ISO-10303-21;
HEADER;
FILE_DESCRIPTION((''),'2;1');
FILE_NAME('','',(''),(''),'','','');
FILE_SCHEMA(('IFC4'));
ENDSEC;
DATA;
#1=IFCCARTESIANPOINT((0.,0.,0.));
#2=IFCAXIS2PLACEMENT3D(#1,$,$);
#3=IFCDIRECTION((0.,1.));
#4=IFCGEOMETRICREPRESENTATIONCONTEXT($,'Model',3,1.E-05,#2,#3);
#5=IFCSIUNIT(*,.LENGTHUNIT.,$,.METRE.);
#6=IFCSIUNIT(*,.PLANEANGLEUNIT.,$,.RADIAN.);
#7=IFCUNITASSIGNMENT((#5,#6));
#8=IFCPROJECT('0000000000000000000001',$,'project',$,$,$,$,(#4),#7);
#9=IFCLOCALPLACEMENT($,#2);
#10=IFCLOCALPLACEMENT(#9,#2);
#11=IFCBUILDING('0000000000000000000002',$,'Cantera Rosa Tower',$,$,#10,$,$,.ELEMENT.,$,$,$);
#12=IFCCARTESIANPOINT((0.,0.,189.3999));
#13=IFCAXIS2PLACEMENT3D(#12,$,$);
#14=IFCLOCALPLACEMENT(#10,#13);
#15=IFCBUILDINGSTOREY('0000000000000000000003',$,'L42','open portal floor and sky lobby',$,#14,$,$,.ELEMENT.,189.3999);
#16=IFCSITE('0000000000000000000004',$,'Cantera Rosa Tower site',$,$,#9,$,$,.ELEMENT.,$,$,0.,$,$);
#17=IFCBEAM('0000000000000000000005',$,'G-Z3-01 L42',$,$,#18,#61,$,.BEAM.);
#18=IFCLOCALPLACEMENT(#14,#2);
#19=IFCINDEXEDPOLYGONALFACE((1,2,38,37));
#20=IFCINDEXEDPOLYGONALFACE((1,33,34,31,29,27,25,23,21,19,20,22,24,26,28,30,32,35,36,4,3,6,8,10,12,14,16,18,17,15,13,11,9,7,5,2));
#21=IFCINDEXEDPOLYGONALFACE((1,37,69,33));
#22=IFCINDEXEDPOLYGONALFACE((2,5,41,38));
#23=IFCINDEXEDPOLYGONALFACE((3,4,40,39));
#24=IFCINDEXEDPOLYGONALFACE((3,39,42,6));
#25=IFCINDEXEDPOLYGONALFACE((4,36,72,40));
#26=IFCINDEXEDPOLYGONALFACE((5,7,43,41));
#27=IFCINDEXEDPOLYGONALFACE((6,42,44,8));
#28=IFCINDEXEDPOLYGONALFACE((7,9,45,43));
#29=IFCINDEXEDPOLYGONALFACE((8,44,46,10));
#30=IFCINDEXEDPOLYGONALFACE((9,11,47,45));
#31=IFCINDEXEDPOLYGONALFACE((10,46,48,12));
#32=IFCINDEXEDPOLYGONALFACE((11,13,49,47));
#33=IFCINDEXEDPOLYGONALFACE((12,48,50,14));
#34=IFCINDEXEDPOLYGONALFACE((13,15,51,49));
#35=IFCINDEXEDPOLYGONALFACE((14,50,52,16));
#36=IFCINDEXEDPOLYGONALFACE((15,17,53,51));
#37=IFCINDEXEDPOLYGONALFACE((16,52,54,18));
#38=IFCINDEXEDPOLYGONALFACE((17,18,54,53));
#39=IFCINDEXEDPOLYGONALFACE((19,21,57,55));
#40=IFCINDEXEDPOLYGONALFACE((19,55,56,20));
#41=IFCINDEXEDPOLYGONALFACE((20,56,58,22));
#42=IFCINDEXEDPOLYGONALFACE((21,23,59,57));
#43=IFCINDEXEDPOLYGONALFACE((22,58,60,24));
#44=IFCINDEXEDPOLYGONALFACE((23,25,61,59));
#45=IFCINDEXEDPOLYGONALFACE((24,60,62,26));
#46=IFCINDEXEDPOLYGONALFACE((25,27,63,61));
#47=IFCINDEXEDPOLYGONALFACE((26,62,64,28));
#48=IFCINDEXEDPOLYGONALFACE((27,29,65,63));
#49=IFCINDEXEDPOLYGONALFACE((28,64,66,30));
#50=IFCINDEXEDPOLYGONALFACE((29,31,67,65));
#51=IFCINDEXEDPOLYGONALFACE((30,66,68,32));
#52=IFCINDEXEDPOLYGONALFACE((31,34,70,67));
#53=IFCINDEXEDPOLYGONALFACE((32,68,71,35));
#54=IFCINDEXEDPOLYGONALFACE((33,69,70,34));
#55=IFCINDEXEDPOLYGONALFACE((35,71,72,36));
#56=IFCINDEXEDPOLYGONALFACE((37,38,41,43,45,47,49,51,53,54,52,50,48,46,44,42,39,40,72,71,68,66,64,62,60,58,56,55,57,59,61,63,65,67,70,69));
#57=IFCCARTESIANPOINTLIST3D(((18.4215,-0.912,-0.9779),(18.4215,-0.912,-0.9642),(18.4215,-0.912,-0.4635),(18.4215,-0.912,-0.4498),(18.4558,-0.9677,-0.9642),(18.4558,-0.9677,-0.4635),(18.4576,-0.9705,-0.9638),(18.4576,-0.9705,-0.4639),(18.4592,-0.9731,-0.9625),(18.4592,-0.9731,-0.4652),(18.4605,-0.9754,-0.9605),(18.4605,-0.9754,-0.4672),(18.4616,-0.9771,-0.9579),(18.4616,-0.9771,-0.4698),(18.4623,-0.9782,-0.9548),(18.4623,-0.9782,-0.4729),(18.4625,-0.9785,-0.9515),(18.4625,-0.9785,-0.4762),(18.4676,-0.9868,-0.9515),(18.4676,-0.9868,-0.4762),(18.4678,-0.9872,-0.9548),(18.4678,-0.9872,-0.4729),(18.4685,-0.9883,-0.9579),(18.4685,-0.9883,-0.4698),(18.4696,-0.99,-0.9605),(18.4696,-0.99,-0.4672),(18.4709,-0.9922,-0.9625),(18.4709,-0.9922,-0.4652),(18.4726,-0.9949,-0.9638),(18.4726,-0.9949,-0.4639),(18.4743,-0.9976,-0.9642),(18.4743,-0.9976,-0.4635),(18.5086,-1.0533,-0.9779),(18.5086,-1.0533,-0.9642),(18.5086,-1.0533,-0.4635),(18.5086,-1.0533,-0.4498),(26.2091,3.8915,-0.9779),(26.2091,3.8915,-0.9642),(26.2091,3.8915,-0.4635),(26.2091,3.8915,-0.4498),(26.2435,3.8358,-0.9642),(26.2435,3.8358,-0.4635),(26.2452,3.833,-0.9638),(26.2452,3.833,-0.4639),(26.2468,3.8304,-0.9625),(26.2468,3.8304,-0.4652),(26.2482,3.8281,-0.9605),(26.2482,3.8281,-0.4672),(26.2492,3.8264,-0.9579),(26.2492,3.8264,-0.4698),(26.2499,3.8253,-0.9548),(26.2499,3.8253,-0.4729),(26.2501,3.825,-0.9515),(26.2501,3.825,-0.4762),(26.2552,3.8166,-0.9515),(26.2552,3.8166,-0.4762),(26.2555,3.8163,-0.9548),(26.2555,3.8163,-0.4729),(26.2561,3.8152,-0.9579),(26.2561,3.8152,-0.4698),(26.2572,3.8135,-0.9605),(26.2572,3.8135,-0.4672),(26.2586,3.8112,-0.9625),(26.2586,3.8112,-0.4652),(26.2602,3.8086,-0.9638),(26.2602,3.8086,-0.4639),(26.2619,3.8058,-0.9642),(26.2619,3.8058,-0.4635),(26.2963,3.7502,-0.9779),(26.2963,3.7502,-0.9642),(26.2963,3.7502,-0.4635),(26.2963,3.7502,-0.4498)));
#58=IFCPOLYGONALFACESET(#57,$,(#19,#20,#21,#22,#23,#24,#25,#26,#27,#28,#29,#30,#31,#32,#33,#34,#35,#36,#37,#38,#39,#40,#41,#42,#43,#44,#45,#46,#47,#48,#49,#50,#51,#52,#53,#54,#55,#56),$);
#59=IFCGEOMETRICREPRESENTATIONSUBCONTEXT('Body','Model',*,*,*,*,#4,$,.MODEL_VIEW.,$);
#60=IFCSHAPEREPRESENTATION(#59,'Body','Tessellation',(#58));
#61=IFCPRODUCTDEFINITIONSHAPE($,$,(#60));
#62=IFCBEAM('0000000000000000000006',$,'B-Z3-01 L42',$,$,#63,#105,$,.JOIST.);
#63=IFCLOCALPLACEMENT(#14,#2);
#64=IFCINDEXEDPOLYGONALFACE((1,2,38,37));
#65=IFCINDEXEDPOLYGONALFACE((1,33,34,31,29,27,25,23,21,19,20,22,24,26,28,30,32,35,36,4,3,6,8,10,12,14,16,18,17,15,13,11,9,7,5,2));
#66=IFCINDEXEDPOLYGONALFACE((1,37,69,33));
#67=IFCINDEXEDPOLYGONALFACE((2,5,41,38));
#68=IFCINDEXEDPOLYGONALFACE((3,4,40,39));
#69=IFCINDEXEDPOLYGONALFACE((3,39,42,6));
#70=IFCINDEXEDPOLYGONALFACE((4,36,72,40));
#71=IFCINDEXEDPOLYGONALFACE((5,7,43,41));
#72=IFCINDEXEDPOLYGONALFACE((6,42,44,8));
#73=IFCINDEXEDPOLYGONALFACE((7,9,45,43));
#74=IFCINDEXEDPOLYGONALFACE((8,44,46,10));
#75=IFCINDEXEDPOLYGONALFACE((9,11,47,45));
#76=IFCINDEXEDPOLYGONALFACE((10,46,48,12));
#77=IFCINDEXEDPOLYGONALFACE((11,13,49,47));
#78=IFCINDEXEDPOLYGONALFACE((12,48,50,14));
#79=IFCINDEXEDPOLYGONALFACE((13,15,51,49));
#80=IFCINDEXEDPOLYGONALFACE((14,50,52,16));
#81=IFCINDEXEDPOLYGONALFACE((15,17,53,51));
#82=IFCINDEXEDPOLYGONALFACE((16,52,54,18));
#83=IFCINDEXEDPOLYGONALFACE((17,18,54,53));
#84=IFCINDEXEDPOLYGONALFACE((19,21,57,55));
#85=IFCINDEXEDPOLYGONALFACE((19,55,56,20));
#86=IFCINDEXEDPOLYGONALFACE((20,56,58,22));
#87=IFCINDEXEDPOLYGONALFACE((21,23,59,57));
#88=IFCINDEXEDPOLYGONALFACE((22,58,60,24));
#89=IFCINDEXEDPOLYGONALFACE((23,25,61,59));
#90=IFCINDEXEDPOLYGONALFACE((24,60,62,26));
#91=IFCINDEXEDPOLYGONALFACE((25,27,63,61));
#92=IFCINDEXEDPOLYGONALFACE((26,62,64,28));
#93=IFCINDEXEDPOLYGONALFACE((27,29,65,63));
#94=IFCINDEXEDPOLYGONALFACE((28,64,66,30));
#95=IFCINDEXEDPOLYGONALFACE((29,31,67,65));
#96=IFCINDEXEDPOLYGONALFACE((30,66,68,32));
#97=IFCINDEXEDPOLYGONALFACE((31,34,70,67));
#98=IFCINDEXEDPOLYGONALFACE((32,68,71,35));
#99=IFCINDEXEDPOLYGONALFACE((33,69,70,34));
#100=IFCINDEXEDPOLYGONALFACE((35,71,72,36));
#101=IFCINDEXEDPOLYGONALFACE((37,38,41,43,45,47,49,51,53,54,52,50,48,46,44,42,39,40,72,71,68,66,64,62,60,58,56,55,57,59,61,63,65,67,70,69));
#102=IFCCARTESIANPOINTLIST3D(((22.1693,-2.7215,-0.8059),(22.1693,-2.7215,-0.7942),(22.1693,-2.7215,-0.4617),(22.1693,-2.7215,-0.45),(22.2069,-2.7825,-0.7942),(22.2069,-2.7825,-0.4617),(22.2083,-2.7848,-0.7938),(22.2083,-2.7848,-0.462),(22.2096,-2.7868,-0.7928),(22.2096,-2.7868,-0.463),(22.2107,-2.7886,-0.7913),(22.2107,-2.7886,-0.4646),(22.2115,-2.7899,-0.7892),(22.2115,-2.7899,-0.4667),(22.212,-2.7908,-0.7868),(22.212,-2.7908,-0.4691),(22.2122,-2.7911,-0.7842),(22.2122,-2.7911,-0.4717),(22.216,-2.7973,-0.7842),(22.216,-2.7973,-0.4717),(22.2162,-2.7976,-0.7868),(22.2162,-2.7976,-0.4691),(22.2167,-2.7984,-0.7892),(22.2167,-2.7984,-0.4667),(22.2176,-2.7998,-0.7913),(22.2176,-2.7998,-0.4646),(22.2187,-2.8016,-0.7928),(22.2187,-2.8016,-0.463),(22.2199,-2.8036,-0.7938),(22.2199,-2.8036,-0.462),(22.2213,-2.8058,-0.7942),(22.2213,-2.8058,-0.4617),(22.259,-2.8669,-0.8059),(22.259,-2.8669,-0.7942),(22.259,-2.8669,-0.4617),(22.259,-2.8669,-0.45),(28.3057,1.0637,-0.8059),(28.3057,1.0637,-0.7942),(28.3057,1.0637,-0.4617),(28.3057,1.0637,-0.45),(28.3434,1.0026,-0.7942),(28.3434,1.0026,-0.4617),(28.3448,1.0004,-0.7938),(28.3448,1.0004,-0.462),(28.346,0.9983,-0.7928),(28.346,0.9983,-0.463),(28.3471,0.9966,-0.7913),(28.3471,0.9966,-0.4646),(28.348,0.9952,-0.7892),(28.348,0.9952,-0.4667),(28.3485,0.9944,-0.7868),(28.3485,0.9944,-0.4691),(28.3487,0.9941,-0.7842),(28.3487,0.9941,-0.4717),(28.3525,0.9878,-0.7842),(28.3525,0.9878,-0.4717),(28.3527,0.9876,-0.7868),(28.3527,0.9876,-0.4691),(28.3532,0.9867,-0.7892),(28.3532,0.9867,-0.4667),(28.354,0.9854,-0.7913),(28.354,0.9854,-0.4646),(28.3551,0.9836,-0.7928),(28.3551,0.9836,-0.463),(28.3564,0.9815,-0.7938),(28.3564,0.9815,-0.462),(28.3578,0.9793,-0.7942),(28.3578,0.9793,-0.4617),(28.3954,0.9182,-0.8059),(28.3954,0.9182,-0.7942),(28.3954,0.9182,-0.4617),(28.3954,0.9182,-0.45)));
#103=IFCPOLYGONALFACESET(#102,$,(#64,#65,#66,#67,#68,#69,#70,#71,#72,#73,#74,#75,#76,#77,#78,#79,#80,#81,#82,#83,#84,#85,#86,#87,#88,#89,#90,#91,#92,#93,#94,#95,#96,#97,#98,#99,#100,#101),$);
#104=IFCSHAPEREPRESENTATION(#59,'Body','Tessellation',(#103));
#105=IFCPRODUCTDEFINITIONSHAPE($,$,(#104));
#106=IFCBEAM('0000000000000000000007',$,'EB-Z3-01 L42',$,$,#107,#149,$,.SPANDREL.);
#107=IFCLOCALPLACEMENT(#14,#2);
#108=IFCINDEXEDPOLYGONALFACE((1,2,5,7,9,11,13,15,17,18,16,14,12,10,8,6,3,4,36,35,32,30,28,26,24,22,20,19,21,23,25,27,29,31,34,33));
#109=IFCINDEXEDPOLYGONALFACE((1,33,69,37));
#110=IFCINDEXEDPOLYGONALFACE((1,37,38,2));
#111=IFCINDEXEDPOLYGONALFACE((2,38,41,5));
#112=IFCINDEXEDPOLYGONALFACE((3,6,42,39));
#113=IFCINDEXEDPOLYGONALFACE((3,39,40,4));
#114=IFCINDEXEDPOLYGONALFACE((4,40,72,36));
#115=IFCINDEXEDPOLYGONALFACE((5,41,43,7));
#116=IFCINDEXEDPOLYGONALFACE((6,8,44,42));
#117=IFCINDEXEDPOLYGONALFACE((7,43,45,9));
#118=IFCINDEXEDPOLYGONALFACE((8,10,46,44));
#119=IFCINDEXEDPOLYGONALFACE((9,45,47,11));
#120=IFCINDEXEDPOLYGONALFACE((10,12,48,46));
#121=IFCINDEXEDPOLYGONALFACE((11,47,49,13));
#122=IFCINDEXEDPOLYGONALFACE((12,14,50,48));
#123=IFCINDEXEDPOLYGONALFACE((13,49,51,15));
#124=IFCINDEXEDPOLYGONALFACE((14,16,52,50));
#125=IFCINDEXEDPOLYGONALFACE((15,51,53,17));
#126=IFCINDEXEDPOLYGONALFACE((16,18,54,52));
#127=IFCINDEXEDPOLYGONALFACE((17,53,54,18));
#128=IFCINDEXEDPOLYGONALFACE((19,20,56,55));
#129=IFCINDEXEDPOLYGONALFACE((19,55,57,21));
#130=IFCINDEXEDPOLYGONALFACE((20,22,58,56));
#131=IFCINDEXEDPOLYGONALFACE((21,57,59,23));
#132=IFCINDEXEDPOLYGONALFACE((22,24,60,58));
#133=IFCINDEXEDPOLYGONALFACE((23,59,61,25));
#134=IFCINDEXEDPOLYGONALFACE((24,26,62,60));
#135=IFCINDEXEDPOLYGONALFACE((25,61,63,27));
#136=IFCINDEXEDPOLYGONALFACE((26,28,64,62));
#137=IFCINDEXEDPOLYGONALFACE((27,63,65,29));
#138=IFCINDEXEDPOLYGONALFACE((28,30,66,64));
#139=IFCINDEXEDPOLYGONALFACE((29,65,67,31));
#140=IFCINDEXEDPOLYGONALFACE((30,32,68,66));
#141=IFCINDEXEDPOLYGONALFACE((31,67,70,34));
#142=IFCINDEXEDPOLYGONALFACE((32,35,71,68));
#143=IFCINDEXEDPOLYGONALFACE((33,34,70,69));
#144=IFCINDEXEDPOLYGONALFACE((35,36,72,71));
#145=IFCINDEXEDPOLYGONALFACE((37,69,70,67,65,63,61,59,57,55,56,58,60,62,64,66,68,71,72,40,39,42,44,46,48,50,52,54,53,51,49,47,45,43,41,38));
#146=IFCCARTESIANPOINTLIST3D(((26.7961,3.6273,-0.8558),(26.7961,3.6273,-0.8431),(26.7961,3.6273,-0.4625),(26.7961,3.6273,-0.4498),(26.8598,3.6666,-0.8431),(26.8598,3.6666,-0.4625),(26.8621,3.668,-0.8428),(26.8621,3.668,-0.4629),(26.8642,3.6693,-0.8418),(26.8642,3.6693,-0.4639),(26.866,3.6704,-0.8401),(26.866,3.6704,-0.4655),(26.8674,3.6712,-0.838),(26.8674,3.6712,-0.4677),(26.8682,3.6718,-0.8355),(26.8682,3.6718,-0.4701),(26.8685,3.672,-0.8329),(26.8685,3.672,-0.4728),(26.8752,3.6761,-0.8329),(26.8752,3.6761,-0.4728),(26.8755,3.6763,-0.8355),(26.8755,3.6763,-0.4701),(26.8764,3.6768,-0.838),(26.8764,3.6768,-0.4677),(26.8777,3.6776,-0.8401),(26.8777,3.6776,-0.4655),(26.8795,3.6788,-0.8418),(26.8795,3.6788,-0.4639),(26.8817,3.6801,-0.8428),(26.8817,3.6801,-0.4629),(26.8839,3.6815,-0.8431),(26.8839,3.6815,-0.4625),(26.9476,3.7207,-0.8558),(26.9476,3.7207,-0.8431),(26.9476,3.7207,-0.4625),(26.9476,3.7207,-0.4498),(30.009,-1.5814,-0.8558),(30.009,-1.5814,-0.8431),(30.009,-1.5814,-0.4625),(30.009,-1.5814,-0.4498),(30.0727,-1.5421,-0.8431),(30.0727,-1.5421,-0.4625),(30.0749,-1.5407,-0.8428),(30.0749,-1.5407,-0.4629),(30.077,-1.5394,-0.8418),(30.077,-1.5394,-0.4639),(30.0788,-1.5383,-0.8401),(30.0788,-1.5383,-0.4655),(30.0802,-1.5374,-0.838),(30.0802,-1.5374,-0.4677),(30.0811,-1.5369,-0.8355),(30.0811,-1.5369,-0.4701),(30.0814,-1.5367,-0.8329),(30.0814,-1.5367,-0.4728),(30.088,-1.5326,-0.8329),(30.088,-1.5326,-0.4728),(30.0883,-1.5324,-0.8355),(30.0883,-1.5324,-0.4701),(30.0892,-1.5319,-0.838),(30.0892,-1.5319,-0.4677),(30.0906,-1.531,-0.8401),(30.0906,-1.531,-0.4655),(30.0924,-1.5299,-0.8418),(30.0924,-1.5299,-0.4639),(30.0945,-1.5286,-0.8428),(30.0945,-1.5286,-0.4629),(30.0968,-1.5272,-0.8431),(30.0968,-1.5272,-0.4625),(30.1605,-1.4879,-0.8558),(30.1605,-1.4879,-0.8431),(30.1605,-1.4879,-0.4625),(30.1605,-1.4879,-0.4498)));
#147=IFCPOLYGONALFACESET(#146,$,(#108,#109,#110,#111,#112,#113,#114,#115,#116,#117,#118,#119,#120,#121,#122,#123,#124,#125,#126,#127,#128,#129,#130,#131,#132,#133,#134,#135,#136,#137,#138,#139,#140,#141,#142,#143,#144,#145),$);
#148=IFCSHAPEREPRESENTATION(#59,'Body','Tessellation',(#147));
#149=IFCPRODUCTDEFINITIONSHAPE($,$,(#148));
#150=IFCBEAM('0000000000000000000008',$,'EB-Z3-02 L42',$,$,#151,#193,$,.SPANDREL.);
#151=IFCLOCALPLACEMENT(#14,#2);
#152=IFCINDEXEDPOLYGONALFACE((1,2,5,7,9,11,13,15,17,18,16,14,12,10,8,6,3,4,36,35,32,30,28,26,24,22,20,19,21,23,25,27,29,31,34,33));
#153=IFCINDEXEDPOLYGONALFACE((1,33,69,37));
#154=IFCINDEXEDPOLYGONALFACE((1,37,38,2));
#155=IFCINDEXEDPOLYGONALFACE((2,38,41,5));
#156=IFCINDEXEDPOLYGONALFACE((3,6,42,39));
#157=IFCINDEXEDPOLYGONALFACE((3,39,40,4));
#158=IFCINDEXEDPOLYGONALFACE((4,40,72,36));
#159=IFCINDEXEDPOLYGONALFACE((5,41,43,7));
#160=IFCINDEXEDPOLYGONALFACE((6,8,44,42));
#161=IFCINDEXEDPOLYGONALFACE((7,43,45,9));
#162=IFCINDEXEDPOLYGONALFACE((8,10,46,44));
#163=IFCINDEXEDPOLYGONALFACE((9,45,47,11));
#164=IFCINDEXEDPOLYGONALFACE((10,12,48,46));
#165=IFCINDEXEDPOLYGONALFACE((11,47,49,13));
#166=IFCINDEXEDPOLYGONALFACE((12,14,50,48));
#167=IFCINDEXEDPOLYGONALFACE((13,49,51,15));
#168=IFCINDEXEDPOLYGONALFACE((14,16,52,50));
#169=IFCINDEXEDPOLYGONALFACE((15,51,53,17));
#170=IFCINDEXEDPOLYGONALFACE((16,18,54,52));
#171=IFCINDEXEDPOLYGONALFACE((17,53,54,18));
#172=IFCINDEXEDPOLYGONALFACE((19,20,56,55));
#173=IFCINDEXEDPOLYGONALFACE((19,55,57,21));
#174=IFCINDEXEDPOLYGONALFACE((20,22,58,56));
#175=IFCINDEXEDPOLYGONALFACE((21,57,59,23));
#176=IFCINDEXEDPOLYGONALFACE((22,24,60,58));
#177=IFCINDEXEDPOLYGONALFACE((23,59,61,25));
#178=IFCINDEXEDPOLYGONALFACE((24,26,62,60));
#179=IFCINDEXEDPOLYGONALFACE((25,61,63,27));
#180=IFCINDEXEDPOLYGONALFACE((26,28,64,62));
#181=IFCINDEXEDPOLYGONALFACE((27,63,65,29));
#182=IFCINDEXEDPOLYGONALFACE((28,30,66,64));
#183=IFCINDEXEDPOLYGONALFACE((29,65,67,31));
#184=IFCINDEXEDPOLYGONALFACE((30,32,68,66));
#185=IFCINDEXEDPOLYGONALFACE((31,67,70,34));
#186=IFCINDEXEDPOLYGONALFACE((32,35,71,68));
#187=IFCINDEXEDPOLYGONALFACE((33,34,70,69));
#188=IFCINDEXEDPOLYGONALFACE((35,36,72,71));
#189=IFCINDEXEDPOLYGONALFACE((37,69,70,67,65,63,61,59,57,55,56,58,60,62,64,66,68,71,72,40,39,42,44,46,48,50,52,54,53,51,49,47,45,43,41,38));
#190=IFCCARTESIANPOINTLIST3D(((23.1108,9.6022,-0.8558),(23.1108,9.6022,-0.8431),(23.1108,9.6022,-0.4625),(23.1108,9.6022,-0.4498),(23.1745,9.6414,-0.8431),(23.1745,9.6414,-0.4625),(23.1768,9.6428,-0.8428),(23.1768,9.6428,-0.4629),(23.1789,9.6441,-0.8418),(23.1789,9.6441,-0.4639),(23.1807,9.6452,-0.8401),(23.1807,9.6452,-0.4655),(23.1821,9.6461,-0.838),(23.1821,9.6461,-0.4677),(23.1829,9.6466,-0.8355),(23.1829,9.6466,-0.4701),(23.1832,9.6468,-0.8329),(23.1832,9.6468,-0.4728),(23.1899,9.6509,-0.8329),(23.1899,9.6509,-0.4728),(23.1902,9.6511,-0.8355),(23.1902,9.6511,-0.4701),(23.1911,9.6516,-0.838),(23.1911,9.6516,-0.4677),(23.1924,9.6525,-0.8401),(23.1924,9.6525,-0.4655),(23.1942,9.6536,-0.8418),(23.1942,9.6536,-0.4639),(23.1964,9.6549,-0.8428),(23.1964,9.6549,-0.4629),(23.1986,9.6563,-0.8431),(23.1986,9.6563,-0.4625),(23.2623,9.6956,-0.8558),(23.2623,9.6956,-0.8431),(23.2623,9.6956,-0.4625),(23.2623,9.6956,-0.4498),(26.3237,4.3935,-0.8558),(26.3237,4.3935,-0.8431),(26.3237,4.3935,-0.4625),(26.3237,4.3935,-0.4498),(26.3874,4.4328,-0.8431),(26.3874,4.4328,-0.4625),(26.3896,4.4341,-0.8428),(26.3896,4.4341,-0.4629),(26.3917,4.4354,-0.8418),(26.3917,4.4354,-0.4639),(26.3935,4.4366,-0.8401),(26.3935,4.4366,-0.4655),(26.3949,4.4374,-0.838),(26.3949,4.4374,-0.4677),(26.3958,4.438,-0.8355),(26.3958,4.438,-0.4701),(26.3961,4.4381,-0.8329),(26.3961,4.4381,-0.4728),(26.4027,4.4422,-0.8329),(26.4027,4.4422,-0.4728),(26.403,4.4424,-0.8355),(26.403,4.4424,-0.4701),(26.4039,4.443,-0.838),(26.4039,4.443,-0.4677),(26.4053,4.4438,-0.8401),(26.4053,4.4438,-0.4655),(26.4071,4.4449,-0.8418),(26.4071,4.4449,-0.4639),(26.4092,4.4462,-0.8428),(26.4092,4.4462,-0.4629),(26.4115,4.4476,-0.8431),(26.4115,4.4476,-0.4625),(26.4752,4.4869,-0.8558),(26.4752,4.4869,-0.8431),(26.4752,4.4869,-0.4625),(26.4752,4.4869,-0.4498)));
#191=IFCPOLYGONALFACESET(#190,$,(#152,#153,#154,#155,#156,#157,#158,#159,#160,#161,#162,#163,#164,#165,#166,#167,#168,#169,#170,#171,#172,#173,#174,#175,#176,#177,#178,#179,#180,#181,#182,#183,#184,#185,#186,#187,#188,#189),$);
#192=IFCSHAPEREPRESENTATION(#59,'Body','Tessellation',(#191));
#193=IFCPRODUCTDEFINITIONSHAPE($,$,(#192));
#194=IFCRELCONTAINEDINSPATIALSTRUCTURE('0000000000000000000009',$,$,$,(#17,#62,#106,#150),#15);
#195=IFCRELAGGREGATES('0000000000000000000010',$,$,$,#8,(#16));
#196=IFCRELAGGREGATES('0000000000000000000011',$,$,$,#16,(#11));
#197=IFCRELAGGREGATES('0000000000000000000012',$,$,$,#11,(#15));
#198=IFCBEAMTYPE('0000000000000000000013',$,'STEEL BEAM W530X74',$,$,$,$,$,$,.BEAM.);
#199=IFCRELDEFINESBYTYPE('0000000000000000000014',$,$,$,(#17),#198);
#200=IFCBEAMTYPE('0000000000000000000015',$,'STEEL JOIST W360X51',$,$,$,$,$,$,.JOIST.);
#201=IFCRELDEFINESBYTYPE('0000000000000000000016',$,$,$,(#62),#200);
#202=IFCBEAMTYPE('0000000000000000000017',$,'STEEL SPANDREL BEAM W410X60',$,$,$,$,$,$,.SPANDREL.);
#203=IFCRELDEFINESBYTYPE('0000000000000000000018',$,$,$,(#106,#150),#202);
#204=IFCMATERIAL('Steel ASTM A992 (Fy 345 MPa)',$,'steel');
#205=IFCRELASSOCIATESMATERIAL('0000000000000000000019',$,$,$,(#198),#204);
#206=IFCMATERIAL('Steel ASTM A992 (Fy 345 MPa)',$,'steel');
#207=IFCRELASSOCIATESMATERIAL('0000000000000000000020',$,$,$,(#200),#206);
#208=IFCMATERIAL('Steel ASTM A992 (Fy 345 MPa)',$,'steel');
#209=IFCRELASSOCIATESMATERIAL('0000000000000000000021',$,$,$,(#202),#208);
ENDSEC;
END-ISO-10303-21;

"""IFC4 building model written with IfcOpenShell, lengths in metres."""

from ifc_helpers import new_model, si_unit, direction, frame, origin, origin_2d, place, context, subcontext, project, spatial, i_section, extrude, material, material_profile, profile_set, type_object, element, save


model = new_model("IFC4")

# Units and contexts
model_context = context("Model", 3, precision=1e-05, world=origin(), true_north=direction((0.0, 1.0)))
body_context = subcontext(model_context, "Body", "Model", "MODEL_VIEW")
ifc_project = project(units=[si_unit("LENGTHUNIT", "METRE"), si_unit("PLANEANGLEUNIT", "RADIAN")], contexts=[model_context])

# Site, building, storey
site_placement = place(None, origin())
site = spatial("IfcSite", under=ifc_project, at=site_placement, Name="Cantera Rosa Tower site", CompositionType="ELEMENT", RefElevation=0.0)
building_placement = place(site_placement, origin())
building = spatial("IfcBuilding", under=site, at=building_placement, Name="Cantera Rosa Tower", CompositionType="ELEMENT")
storey_placement = place(building_placement, frame((0.0, 0.0, 189.3999)))
storey = spatial("IfcBuildingStorey", under=building, at=storey_placement, Name="L42", Description="open portal floor and sky lobby", CompositionType="ELEMENT", Elevation=189.3999)

# Beams
ifc_material_1 = material(Name="Steel ASTM A992 (Fy 345 MPa)", Category="steel")
ifc_material_profile_1 = material_profile(ifc_material_1, i_section(OverallWidth=0.166, OverallDepth=0.5281, WebThickness=0.0098, FlangeThickness=0.0137, FilletRadius=0.0127, at=origin_2d()), Name="W530X74")
ifc_profile_set_1 = profile_set([ifc_material_profile_1], Name="Steel ASTM A992 (Fy 345 MPa)")
beam_type_1 = type_object("IfcBeamType", Name="STEEL BEAM W530X74", PredefinedType="BEAM", material=ifc_profile_set_1)
beam_1_placement = place(storey_placement, frame((26.2527, 3.8208, -0.7139), z_axis=(-0.851116, -0.524977, 0.0), x_axis=(0.524977, -0.851116, 0.0)))
element("IfcBeam", 1, at=beam_1_placement, inside=storey, type_object=beam_type_1, Name="G-Z3-01 L42", PredefinedType="BEAM", context=body_context, shape_type="SweptSolid", body=[
    extrude(i_section(OverallWidth=0.166, OverallDepth=0.5281, WebThickness=0.0098, FlangeThickness=0.0137, FilletRadius=0.0127, at=origin_2d()), origin(), (0.0, 0.0, 1.0), 9.1499),
])
ifc_material_2 = material(Name="Steel ASTM A992 (Fy 345 MPa)", Category="steel")
ifc_material_profile_2 = material_profile(ifc_material_2, i_section(OverallWidth=0.1709, OverallDepth=0.356, WebThickness=0.0073, FlangeThickness=0.0117, FilletRadius=0.01, at=origin_2d()), Name="W360X51")
ifc_profile_set_2 = profile_set([ifc_material_profile_2], Name="Steel ASTM A992 (Fy 345 MPa)")
beam_type_2 = type_object("IfcBeamType", Name="STEEL JOIST W360X51", PredefinedType="JOIST", material=ifc_profile_set_2)
beam_2_placement = place(storey_placement, frame((28.3506, 0.991, -0.6279), z_axis=(-0.851109, -0.524989, 0.0), x_axis=(0.524989, -0.851109, 0.0)))
element("IfcBeam", 2, at=beam_2_placement, inside=storey, type_object=beam_type_2, Name="B-Z3-01 L42", PredefinedType="JOIST", context=body_context, shape_type="SweptSolid", body=[
    extrude(i_section(OverallWidth=0.1709, OverallDepth=0.356, WebThickness=0.0073, FlangeThickness=0.0117, FilletRadius=0.01, at=origin_2d()), origin(), (0.0, 0.0, 1.0), 7.21),
])
ifc_material_3 = material(Name="Steel ASTM A992 (Fy 345 MPa)", Category="steel")
ifc_material_profile_3 = material_profile(ifc_material_3, i_section(OverallWidth=0.178, OverallDepth=0.406, WebThickness=0.0078, FlangeThickness=0.0127, FilletRadius=0.0103, at=origin_2d()), Name="W410X60")
ifc_profile_set_3 = profile_set([ifc_material_profile_3], Name="Steel ASTM A992 (Fy 345 MPa)")
beam_type_3 = type_object("IfcBeamType", Name="STEEL SPANDREL BEAM W410X60", PredefinedType="SPANDREL", material=ifc_profile_set_3)
for number, where, z_axis, x_axis, name in (
    (3, (30.0847, -1.5347, -0.6528), (-0.524987, 0.85111, 0.0), (-0.85111, -0.524987, 0.0), "EB-Z3-01 L42"),
    (4, (26.3994, 4.4402, -0.6528), (-0.524987, 0.85111, 0.0), (-0.85111, -0.524987, 0.0), "EB-Z3-02 L42"),
):
    element("IfcBeam", number, at=place(storey_placement, frame(where, z_axis=z_axis, x_axis=x_axis)), inside=storey, type_object=beam_type_3, Name=name, PredefinedType="SPANDREL", context=body_context, shape_type="SweptSolid", body=[
        extrude(i_section(OverallWidth=0.178, OverallDepth=0.406, WebThickness=0.0078, FlangeThickness=0.0127, FilletRadius=0.0103, at=origin_2d()), origin(), (0.0, 0.0, 1.0), 6.1199),
    ])

save(model, "model.ifc")
